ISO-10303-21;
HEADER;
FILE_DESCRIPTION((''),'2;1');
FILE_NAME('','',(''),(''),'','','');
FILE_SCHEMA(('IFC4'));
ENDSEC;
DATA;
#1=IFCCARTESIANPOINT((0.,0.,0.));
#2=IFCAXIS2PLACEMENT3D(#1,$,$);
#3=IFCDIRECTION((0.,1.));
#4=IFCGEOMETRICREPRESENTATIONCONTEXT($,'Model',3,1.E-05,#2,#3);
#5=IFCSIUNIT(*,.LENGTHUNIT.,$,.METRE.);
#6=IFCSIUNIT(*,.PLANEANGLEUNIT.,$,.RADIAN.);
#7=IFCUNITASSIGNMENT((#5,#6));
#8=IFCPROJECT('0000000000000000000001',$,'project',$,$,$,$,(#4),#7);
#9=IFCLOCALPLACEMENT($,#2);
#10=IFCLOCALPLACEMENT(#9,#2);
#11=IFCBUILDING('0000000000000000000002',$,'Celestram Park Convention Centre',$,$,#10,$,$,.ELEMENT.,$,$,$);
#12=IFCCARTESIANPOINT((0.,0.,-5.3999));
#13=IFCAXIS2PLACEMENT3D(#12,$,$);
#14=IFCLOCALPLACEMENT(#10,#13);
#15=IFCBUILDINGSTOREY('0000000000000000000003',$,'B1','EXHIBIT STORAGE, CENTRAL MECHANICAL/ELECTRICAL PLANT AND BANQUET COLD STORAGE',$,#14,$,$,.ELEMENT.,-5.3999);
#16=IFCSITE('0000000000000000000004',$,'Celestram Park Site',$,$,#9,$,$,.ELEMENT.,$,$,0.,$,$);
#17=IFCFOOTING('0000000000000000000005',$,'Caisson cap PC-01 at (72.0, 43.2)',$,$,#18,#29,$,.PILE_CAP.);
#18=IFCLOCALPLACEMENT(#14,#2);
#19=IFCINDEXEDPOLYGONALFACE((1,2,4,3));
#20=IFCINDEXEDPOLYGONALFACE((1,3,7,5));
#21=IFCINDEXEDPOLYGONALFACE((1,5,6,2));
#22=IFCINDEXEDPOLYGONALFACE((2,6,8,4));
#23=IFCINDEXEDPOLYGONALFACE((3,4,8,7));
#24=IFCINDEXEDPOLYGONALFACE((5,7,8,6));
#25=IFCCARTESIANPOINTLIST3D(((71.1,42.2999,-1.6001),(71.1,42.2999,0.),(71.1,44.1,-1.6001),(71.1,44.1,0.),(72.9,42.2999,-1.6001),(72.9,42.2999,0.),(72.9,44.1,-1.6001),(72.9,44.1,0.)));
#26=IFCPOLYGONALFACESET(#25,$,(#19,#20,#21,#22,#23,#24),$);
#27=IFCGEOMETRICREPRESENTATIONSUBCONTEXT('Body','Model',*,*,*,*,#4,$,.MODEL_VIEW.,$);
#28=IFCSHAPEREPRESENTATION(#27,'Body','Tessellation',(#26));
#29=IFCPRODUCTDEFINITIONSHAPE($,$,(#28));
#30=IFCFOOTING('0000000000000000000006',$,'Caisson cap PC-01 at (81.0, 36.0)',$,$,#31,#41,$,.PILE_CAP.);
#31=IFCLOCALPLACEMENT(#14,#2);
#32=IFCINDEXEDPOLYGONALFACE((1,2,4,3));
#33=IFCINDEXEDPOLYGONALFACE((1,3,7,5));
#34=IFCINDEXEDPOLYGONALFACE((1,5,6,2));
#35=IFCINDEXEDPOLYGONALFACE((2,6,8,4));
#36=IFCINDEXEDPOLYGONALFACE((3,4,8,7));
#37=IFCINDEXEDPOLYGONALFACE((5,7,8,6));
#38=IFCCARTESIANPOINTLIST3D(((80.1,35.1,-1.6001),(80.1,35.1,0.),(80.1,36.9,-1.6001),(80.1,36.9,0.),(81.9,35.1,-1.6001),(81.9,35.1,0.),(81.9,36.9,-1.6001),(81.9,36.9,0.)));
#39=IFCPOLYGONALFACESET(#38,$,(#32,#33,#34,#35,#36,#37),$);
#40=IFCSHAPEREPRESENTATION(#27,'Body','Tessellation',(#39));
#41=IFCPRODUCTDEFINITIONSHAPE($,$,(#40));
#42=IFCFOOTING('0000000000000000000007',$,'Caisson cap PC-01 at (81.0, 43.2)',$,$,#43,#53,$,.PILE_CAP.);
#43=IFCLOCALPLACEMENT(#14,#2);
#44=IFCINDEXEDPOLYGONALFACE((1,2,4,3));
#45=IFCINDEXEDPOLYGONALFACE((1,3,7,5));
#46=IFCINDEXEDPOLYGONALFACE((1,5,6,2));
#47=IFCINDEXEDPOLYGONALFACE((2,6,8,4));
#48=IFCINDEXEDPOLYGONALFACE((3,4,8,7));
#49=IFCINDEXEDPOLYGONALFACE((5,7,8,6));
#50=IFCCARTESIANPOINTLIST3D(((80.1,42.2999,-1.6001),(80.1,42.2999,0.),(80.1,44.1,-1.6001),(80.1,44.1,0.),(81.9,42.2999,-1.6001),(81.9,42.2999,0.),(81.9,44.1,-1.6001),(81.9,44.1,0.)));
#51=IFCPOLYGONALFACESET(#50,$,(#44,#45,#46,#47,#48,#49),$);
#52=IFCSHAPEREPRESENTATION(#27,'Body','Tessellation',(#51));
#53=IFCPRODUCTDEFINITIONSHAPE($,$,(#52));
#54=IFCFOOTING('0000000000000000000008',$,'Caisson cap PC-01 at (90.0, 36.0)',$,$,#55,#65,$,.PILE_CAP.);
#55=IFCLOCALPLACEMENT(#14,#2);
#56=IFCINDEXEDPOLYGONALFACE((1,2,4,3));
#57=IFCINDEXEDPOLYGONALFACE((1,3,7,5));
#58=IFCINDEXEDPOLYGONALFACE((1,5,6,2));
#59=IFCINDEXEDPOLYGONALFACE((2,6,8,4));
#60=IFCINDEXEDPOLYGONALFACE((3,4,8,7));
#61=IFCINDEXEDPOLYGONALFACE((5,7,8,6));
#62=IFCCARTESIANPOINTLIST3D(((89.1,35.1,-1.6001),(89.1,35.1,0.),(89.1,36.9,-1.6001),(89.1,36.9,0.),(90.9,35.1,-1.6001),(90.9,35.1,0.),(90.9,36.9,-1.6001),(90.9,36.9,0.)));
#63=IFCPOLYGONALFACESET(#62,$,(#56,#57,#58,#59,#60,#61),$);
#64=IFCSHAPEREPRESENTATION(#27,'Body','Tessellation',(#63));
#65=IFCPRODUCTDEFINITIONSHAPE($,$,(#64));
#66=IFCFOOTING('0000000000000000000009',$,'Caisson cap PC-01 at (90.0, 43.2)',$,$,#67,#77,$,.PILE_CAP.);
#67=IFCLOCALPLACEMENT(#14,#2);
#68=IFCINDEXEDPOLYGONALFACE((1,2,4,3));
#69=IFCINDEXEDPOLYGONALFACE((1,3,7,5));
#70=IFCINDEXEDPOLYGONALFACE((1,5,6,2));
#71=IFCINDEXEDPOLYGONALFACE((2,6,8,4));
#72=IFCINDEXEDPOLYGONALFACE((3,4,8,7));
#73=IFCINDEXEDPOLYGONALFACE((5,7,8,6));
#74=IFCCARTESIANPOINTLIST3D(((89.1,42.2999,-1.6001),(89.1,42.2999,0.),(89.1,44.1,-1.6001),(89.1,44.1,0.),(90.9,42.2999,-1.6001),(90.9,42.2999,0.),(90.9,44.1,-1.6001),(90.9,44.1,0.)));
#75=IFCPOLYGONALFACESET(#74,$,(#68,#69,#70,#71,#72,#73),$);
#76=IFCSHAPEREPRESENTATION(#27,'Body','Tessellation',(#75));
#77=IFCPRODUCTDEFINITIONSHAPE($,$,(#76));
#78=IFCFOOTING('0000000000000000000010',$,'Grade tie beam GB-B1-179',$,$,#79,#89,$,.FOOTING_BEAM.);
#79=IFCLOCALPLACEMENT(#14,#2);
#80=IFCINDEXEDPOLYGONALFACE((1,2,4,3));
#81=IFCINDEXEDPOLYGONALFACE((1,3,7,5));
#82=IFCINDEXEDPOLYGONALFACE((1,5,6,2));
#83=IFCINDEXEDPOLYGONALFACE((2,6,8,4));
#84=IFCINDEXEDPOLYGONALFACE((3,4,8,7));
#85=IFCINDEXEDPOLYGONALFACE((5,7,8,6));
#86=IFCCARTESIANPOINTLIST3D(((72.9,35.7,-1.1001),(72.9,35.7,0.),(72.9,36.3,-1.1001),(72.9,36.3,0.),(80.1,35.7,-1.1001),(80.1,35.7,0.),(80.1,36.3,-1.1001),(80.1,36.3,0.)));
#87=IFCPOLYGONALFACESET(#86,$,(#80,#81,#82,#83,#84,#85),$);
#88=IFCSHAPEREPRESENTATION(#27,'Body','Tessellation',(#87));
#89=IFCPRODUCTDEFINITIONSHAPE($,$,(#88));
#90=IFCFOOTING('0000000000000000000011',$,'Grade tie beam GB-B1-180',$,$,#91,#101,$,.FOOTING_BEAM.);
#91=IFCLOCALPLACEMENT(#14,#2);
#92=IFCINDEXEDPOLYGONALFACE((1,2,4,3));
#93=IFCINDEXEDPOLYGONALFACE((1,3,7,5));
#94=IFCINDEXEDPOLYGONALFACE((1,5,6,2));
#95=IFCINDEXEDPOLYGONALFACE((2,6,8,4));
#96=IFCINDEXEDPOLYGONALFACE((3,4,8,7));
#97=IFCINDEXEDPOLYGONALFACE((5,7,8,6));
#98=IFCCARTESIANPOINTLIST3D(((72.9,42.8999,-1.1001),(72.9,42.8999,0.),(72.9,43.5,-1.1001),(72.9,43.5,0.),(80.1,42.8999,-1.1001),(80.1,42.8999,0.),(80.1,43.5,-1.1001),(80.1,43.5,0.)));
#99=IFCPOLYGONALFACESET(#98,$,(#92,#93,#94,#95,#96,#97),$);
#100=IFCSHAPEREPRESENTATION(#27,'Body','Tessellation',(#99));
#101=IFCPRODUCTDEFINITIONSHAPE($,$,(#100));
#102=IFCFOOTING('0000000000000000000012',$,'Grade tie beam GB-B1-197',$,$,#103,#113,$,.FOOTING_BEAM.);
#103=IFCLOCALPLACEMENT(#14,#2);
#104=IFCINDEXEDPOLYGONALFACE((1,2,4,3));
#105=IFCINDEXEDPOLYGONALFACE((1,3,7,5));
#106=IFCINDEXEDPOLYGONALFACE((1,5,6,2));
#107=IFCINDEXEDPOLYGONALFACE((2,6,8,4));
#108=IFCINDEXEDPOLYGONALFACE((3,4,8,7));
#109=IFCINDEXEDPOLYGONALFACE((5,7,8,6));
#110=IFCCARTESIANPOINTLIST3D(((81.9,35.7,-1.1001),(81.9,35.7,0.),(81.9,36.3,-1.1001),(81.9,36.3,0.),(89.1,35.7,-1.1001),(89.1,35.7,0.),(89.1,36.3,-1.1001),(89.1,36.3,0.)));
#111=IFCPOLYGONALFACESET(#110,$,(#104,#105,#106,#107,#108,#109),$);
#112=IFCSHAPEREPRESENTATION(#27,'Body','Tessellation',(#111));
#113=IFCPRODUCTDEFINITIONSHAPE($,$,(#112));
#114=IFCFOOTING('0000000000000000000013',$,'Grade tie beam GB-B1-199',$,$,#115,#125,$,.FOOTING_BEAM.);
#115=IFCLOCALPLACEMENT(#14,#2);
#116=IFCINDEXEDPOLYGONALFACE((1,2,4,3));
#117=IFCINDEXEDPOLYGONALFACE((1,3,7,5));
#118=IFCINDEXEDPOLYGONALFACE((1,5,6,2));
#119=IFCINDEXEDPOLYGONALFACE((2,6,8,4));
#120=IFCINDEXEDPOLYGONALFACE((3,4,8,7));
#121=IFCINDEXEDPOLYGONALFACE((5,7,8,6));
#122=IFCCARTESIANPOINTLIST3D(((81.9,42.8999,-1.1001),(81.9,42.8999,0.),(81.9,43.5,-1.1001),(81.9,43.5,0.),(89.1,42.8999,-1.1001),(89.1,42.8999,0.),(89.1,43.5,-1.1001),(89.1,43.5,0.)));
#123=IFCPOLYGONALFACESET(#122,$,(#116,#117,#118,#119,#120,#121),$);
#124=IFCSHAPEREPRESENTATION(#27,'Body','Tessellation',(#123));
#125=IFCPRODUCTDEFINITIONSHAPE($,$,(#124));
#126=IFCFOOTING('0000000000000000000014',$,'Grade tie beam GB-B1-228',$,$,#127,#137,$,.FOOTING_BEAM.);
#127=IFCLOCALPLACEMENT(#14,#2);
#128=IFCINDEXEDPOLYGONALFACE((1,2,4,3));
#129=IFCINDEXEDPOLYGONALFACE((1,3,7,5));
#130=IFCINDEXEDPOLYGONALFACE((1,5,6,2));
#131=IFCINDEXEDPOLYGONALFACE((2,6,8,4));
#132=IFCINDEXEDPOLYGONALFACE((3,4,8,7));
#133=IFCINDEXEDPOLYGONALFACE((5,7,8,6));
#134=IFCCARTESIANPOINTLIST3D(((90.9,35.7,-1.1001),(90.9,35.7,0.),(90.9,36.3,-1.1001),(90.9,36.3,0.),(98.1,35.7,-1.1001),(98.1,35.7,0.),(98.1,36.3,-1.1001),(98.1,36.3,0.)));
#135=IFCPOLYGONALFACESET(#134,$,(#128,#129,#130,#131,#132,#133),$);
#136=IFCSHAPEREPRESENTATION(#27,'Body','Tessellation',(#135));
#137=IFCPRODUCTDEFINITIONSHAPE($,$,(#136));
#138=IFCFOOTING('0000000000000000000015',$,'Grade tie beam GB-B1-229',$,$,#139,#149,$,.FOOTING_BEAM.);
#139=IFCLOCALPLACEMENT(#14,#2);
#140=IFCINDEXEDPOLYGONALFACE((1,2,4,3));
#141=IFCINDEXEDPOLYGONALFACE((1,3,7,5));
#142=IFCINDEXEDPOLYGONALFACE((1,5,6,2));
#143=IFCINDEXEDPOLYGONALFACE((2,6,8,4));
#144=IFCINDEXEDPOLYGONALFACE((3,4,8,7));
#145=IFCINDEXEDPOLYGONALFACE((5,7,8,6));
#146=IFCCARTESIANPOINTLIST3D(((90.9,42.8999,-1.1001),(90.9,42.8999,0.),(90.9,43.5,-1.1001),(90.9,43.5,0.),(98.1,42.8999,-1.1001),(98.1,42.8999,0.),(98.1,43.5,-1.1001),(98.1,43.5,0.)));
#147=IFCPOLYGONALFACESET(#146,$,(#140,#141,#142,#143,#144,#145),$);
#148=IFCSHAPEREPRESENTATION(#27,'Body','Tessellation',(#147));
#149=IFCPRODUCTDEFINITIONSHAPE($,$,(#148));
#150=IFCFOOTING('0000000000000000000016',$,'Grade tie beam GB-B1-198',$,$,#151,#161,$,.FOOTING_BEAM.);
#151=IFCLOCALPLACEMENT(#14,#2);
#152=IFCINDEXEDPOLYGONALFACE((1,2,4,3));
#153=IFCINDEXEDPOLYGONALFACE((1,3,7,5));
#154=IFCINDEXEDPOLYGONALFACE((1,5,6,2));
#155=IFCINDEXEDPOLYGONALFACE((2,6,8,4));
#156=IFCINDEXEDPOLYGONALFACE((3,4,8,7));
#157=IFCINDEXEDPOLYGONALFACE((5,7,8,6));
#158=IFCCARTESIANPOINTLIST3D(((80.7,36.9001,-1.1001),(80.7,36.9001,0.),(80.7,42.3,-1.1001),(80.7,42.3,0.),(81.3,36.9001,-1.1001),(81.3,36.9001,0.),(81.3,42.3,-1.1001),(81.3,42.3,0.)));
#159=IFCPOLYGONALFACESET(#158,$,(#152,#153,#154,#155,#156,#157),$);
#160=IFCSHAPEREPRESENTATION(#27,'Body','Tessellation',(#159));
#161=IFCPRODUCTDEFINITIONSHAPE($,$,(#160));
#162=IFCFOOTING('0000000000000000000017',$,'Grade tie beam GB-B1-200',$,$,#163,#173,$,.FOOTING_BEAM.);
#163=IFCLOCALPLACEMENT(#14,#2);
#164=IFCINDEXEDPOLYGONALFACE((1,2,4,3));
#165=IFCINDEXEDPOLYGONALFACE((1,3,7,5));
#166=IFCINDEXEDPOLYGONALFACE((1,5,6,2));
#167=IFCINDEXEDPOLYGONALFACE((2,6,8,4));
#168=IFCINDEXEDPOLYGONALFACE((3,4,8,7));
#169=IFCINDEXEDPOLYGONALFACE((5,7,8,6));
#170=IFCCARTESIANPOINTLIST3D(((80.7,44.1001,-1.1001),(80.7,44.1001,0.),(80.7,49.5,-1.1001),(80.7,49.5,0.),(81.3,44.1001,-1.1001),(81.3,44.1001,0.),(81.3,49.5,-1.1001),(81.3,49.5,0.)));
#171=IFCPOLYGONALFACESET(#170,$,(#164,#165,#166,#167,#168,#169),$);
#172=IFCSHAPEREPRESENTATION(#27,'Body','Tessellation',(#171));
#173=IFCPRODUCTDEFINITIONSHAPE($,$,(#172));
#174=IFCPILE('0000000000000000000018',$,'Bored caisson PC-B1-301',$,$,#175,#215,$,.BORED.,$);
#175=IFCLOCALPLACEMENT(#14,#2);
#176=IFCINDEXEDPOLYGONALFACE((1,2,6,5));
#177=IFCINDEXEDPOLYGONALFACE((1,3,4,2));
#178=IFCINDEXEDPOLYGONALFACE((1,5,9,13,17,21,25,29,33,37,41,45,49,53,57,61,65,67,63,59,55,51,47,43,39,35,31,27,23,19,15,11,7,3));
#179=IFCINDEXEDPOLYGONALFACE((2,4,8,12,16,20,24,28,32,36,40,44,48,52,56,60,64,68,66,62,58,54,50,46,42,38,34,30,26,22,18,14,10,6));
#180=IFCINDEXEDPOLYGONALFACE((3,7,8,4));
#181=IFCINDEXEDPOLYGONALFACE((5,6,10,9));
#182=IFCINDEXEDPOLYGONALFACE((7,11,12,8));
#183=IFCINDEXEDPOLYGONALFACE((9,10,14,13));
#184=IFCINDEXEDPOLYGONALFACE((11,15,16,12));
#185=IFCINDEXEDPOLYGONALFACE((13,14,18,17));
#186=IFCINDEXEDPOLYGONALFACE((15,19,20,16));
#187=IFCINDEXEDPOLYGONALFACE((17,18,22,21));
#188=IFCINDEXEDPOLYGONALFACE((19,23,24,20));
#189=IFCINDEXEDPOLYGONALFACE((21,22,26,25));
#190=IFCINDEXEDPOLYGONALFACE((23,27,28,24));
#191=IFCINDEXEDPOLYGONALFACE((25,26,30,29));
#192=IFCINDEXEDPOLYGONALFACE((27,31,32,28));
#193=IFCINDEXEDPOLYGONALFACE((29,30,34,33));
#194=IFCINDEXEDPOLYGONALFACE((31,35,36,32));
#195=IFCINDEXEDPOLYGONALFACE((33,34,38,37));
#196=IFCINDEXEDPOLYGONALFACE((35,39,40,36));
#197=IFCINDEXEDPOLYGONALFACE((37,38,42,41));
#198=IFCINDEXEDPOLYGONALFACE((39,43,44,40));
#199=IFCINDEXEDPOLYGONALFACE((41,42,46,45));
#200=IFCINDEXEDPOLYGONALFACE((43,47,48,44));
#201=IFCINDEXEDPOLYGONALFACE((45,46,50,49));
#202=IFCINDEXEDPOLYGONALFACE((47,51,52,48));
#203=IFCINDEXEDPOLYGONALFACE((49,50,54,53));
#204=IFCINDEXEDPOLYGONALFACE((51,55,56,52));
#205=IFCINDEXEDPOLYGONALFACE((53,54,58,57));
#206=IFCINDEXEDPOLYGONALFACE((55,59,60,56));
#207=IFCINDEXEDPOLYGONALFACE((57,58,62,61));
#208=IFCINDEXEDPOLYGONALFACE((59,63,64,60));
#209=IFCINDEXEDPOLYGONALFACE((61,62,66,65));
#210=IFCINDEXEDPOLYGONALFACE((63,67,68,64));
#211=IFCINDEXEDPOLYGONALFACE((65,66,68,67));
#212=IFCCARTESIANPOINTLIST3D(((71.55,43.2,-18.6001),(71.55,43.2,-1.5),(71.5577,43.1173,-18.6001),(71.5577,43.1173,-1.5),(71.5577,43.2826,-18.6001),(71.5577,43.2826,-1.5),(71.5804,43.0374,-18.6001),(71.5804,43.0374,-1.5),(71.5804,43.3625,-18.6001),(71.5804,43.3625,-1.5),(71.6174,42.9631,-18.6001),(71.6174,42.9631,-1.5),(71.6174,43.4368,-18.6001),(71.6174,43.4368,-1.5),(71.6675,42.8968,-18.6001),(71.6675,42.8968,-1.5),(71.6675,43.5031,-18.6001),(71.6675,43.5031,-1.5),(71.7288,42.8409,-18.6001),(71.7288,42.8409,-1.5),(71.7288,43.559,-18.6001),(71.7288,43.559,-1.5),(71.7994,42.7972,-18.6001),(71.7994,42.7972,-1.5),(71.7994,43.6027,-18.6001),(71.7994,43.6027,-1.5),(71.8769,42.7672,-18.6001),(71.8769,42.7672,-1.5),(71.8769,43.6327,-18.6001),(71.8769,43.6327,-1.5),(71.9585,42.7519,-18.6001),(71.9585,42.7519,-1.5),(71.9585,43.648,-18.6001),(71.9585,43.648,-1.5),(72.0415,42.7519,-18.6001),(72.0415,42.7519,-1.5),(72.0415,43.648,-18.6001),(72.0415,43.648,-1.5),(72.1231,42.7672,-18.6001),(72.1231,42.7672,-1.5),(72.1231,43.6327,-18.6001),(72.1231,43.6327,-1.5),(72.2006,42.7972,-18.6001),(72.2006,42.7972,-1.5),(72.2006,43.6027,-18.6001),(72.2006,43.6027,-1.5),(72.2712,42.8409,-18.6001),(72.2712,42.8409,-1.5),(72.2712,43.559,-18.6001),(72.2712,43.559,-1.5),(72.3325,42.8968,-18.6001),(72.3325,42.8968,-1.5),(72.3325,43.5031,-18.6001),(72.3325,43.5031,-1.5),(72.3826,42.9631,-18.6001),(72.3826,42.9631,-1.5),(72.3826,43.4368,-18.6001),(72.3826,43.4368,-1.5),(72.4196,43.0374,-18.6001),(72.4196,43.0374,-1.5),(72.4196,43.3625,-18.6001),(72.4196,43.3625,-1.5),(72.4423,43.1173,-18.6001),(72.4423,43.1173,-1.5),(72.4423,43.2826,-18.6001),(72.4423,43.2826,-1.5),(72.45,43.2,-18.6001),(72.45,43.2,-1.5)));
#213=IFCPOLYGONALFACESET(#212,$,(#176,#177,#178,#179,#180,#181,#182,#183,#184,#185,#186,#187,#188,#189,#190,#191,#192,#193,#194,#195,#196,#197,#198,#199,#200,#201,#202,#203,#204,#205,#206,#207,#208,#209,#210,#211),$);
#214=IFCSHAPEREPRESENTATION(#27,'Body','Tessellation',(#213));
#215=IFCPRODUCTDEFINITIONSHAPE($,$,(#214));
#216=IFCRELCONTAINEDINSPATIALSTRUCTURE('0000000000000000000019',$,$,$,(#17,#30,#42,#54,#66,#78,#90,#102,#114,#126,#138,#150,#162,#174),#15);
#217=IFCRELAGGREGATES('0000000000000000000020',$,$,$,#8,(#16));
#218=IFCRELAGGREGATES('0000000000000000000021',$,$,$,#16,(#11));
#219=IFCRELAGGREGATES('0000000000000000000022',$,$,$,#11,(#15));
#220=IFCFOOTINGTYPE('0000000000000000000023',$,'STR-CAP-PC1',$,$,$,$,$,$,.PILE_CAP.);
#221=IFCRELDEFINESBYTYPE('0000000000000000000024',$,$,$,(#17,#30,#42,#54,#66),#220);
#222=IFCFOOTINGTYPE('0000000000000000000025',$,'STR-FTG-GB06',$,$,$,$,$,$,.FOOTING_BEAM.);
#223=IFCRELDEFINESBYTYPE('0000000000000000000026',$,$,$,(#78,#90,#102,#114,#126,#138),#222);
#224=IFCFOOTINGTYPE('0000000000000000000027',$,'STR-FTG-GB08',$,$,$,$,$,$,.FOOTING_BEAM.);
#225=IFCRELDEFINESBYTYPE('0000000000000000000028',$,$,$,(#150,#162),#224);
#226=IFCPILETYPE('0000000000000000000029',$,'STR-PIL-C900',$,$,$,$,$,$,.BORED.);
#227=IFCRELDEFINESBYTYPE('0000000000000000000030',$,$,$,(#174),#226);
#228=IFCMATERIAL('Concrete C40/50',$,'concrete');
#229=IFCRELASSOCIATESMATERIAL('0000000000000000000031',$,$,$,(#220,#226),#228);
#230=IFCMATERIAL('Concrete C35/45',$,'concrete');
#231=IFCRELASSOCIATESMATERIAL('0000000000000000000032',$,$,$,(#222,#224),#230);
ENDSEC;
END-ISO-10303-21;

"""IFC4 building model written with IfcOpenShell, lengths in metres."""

from ifc_helpers import new_model, si_unit, direction, frame, origin, origin_2d, place, context, subcontext, project, spatial, rectangle, circle, extrude, material, material_profile, profile_set, type_object, element, save


model = new_model("IFC4")

# Units and contexts
model_context = context("Model", 3, precision=1e-05, world=origin(), true_north=direction((0.0, 1.0)))
body_context = subcontext(model_context, "Body", "Model", "MODEL_VIEW")
ifc_project = project(units=[si_unit("LENGTHUNIT", "METRE"), si_unit("PLANEANGLEUNIT", "RADIAN")], contexts=[model_context])

# Site, building, storey
site_placement = place(None, origin())
site = spatial("IfcSite", under=ifc_project, at=site_placement, Name="Celestram Park Site", CompositionType="ELEMENT", RefElevation=0.0)
building_placement = place(site_placement, origin())
building = spatial("IfcBuilding", under=site, at=building_placement, Name="Celestram Park Convention Centre", CompositionType="ELEMENT")
storey_placement = place(building_placement, frame((0.0, 0.0, -5.3999)))
storey = spatial("IfcBuildingStorey", under=building, at=storey_placement, Name="B1", Description="EXHIBIT STORAGE, CENTRAL MECHANICAL/ELECTRICAL PLANT AND BANQUET COLD STORAGE", CompositionType="ELEMENT", Elevation=-5.3999)

# Footings
ifc_material_1 = material(Name="Concrete C40/50", Category="concrete")
footing_type_1 = type_object("IfcFootingType", Name="STR-CAP-PC1", PredefinedType="PILE_CAP", material=ifc_material_1)
for number, where, z_axis, x_axis, name in (
    (1, (72.0, 43.2, -1.6001), (0.0, 0.0, 1.0), (1.0, 0.0, 0.0), "Caisson cap PC-01 at (72.0, 43.2)"),
    (2, (81.0, 36.0, -1.6001), (0.0, 0.0, 1.0), (1.0, 0.0, 0.0), "Caisson cap PC-01 at (81.0, 36.0)"),
    (3, (81.0, 43.2, -1.6001), (0.0, 0.0, 1.0), (1.0, 0.0, 0.0), "Caisson cap PC-01 at (81.0, 43.2)"),
    (4, (90.0, 36.0, -1.6001), (0.0, 0.0, 1.0), (1.0, 0.0, 0.0), "Caisson cap PC-01 at (90.0, 36.0)"),
    (5, (90.0, 43.2, -1.6001), (0.0, 0.0, 1.0), (1.0, 0.0, 0.0), "Caisson cap PC-01 at (90.0, 43.2)"),
):
    element("IfcFooting", number, at=place(storey_placement, frame(where, z_axis=z_axis, x_axis=x_axis)), inside=storey, type_object=footing_type_1, Name=name, PredefinedType="PILE_CAP", context=body_context, shape_type="SweptSolid", body=[
        extrude(rectangle(XDim=1.8, YDim=1.8, at=origin_2d()), origin(), (0.0, 0.0, 1.0), 1.6001),
    ])
ifc_material_2 = material(Name="Concrete C35/45", Category="concrete")
footing_type_2 = type_object("IfcFootingType", Name="STR-FTG-GB06", PredefinedType="FOOTING_BEAM", material=ifc_material_2)
for number, where, z_axis, x_axis, name in (
    (6, (76.5, 36.0, -1.1001), (0.0, 0.0, 1.0), (1.0, 0.0, 0.0), "Grade tie beam GB-B1-179"),
    (7, (76.5, 43.2, -1.1001), (0.0, 0.0, 1.0), (1.0, 0.0, 0.0), "Grade tie beam GB-B1-180"),
    (8, (85.5, 36.0, -1.1001), (0.0, 0.0, 1.0), (1.0, 0.0, 0.0), "Grade tie beam GB-B1-197"),
    (9, (85.5, 43.2, -1.1001), (0.0, 0.0, 1.0), (1.0, 0.0, 0.0), "Grade tie beam GB-B1-199"),
    (10, (94.5, 36.0, -1.1001), (0.0, 0.0, 1.0), (1.0, 0.0, 0.0), "Grade tie beam GB-B1-228"),
    (11, (94.5, 43.2, -1.1001), (0.0, 0.0, 1.0), (1.0, 0.0, 0.0), "Grade tie beam GB-B1-229"),
):
    element("IfcFooting", number, at=place(storey_placement, frame(where, z_axis=z_axis, x_axis=x_axis)), inside=storey, type_object=footing_type_2, Name=name, PredefinedType="FOOTING_BEAM", context=body_context, shape_type="SweptSolid", body=[
        extrude(rectangle(XDim=7.2, YDim=0.6001, at=origin_2d()), origin(), (0.0, 0.0, 1.0), 1.1001),
    ])
footing_type_3 = type_object("IfcFootingType", Name="STR-FTG-GB08", PredefinedType="FOOTING_BEAM", material=ifc_material_2)
for number, where, z_axis, x_axis, name in (
    (12, (81.0, 39.6001, -1.1001), (0.0, 0.0, 1.0), (0.0, 1.0, 0.0), "Grade tie beam GB-B1-198"),
    (13, (81.0, 46.8, -1.1001), (0.0, 0.0, 1.0), (0.0, 1.0, 0.0), "Grade tie beam GB-B1-200"),
):
    element("IfcFooting", number, at=place(storey_placement, frame(where, z_axis=z_axis, x_axis=x_axis)), inside=storey, type_object=footing_type_3, Name=name, PredefinedType="FOOTING_BEAM", context=body_context, shape_type="SweptSolid", body=[
        extrude(rectangle(XDim=5.3999, YDim=0.6001, at=origin_2d()), origin(), (0.0, 0.0, 1.0), 1.1001),
    ])

# Pile
ifc_material_profile_1 = material_profile(ifc_material_1, circle(Radius=0.45, at=origin_2d()), Name="CAISSON900")
ifc_profile_set_1 = profile_set([ifc_material_profile_1], Name="Concrete C40/50")
pile_type = type_object("IfcPileType", Name="STR-PIL-C900", PredefinedType="BORED", material=ifc_profile_set_1)
for number, where, z_axis, x_axis, name in (
    (14, (72.0, 43.2, -1.5), (0.0, 0.0, -1.0), (1.0, 0.0, 0.0), "Bored caisson PC-B1-301"),
):
    element("IfcPile", number, at=place(storey_placement, frame(where, z_axis=z_axis, x_axis=x_axis)), inside=storey, type_object=pile_type, Name=name, PredefinedType="BORED", context=body_context, shape_type="SweptSolid", body=[
        extrude(circle(Radius=0.45, at=origin_2d()), origin(), (0.0, 0.0, 1.0), 17.1001),
    ])

save(model, "model.ifc")
